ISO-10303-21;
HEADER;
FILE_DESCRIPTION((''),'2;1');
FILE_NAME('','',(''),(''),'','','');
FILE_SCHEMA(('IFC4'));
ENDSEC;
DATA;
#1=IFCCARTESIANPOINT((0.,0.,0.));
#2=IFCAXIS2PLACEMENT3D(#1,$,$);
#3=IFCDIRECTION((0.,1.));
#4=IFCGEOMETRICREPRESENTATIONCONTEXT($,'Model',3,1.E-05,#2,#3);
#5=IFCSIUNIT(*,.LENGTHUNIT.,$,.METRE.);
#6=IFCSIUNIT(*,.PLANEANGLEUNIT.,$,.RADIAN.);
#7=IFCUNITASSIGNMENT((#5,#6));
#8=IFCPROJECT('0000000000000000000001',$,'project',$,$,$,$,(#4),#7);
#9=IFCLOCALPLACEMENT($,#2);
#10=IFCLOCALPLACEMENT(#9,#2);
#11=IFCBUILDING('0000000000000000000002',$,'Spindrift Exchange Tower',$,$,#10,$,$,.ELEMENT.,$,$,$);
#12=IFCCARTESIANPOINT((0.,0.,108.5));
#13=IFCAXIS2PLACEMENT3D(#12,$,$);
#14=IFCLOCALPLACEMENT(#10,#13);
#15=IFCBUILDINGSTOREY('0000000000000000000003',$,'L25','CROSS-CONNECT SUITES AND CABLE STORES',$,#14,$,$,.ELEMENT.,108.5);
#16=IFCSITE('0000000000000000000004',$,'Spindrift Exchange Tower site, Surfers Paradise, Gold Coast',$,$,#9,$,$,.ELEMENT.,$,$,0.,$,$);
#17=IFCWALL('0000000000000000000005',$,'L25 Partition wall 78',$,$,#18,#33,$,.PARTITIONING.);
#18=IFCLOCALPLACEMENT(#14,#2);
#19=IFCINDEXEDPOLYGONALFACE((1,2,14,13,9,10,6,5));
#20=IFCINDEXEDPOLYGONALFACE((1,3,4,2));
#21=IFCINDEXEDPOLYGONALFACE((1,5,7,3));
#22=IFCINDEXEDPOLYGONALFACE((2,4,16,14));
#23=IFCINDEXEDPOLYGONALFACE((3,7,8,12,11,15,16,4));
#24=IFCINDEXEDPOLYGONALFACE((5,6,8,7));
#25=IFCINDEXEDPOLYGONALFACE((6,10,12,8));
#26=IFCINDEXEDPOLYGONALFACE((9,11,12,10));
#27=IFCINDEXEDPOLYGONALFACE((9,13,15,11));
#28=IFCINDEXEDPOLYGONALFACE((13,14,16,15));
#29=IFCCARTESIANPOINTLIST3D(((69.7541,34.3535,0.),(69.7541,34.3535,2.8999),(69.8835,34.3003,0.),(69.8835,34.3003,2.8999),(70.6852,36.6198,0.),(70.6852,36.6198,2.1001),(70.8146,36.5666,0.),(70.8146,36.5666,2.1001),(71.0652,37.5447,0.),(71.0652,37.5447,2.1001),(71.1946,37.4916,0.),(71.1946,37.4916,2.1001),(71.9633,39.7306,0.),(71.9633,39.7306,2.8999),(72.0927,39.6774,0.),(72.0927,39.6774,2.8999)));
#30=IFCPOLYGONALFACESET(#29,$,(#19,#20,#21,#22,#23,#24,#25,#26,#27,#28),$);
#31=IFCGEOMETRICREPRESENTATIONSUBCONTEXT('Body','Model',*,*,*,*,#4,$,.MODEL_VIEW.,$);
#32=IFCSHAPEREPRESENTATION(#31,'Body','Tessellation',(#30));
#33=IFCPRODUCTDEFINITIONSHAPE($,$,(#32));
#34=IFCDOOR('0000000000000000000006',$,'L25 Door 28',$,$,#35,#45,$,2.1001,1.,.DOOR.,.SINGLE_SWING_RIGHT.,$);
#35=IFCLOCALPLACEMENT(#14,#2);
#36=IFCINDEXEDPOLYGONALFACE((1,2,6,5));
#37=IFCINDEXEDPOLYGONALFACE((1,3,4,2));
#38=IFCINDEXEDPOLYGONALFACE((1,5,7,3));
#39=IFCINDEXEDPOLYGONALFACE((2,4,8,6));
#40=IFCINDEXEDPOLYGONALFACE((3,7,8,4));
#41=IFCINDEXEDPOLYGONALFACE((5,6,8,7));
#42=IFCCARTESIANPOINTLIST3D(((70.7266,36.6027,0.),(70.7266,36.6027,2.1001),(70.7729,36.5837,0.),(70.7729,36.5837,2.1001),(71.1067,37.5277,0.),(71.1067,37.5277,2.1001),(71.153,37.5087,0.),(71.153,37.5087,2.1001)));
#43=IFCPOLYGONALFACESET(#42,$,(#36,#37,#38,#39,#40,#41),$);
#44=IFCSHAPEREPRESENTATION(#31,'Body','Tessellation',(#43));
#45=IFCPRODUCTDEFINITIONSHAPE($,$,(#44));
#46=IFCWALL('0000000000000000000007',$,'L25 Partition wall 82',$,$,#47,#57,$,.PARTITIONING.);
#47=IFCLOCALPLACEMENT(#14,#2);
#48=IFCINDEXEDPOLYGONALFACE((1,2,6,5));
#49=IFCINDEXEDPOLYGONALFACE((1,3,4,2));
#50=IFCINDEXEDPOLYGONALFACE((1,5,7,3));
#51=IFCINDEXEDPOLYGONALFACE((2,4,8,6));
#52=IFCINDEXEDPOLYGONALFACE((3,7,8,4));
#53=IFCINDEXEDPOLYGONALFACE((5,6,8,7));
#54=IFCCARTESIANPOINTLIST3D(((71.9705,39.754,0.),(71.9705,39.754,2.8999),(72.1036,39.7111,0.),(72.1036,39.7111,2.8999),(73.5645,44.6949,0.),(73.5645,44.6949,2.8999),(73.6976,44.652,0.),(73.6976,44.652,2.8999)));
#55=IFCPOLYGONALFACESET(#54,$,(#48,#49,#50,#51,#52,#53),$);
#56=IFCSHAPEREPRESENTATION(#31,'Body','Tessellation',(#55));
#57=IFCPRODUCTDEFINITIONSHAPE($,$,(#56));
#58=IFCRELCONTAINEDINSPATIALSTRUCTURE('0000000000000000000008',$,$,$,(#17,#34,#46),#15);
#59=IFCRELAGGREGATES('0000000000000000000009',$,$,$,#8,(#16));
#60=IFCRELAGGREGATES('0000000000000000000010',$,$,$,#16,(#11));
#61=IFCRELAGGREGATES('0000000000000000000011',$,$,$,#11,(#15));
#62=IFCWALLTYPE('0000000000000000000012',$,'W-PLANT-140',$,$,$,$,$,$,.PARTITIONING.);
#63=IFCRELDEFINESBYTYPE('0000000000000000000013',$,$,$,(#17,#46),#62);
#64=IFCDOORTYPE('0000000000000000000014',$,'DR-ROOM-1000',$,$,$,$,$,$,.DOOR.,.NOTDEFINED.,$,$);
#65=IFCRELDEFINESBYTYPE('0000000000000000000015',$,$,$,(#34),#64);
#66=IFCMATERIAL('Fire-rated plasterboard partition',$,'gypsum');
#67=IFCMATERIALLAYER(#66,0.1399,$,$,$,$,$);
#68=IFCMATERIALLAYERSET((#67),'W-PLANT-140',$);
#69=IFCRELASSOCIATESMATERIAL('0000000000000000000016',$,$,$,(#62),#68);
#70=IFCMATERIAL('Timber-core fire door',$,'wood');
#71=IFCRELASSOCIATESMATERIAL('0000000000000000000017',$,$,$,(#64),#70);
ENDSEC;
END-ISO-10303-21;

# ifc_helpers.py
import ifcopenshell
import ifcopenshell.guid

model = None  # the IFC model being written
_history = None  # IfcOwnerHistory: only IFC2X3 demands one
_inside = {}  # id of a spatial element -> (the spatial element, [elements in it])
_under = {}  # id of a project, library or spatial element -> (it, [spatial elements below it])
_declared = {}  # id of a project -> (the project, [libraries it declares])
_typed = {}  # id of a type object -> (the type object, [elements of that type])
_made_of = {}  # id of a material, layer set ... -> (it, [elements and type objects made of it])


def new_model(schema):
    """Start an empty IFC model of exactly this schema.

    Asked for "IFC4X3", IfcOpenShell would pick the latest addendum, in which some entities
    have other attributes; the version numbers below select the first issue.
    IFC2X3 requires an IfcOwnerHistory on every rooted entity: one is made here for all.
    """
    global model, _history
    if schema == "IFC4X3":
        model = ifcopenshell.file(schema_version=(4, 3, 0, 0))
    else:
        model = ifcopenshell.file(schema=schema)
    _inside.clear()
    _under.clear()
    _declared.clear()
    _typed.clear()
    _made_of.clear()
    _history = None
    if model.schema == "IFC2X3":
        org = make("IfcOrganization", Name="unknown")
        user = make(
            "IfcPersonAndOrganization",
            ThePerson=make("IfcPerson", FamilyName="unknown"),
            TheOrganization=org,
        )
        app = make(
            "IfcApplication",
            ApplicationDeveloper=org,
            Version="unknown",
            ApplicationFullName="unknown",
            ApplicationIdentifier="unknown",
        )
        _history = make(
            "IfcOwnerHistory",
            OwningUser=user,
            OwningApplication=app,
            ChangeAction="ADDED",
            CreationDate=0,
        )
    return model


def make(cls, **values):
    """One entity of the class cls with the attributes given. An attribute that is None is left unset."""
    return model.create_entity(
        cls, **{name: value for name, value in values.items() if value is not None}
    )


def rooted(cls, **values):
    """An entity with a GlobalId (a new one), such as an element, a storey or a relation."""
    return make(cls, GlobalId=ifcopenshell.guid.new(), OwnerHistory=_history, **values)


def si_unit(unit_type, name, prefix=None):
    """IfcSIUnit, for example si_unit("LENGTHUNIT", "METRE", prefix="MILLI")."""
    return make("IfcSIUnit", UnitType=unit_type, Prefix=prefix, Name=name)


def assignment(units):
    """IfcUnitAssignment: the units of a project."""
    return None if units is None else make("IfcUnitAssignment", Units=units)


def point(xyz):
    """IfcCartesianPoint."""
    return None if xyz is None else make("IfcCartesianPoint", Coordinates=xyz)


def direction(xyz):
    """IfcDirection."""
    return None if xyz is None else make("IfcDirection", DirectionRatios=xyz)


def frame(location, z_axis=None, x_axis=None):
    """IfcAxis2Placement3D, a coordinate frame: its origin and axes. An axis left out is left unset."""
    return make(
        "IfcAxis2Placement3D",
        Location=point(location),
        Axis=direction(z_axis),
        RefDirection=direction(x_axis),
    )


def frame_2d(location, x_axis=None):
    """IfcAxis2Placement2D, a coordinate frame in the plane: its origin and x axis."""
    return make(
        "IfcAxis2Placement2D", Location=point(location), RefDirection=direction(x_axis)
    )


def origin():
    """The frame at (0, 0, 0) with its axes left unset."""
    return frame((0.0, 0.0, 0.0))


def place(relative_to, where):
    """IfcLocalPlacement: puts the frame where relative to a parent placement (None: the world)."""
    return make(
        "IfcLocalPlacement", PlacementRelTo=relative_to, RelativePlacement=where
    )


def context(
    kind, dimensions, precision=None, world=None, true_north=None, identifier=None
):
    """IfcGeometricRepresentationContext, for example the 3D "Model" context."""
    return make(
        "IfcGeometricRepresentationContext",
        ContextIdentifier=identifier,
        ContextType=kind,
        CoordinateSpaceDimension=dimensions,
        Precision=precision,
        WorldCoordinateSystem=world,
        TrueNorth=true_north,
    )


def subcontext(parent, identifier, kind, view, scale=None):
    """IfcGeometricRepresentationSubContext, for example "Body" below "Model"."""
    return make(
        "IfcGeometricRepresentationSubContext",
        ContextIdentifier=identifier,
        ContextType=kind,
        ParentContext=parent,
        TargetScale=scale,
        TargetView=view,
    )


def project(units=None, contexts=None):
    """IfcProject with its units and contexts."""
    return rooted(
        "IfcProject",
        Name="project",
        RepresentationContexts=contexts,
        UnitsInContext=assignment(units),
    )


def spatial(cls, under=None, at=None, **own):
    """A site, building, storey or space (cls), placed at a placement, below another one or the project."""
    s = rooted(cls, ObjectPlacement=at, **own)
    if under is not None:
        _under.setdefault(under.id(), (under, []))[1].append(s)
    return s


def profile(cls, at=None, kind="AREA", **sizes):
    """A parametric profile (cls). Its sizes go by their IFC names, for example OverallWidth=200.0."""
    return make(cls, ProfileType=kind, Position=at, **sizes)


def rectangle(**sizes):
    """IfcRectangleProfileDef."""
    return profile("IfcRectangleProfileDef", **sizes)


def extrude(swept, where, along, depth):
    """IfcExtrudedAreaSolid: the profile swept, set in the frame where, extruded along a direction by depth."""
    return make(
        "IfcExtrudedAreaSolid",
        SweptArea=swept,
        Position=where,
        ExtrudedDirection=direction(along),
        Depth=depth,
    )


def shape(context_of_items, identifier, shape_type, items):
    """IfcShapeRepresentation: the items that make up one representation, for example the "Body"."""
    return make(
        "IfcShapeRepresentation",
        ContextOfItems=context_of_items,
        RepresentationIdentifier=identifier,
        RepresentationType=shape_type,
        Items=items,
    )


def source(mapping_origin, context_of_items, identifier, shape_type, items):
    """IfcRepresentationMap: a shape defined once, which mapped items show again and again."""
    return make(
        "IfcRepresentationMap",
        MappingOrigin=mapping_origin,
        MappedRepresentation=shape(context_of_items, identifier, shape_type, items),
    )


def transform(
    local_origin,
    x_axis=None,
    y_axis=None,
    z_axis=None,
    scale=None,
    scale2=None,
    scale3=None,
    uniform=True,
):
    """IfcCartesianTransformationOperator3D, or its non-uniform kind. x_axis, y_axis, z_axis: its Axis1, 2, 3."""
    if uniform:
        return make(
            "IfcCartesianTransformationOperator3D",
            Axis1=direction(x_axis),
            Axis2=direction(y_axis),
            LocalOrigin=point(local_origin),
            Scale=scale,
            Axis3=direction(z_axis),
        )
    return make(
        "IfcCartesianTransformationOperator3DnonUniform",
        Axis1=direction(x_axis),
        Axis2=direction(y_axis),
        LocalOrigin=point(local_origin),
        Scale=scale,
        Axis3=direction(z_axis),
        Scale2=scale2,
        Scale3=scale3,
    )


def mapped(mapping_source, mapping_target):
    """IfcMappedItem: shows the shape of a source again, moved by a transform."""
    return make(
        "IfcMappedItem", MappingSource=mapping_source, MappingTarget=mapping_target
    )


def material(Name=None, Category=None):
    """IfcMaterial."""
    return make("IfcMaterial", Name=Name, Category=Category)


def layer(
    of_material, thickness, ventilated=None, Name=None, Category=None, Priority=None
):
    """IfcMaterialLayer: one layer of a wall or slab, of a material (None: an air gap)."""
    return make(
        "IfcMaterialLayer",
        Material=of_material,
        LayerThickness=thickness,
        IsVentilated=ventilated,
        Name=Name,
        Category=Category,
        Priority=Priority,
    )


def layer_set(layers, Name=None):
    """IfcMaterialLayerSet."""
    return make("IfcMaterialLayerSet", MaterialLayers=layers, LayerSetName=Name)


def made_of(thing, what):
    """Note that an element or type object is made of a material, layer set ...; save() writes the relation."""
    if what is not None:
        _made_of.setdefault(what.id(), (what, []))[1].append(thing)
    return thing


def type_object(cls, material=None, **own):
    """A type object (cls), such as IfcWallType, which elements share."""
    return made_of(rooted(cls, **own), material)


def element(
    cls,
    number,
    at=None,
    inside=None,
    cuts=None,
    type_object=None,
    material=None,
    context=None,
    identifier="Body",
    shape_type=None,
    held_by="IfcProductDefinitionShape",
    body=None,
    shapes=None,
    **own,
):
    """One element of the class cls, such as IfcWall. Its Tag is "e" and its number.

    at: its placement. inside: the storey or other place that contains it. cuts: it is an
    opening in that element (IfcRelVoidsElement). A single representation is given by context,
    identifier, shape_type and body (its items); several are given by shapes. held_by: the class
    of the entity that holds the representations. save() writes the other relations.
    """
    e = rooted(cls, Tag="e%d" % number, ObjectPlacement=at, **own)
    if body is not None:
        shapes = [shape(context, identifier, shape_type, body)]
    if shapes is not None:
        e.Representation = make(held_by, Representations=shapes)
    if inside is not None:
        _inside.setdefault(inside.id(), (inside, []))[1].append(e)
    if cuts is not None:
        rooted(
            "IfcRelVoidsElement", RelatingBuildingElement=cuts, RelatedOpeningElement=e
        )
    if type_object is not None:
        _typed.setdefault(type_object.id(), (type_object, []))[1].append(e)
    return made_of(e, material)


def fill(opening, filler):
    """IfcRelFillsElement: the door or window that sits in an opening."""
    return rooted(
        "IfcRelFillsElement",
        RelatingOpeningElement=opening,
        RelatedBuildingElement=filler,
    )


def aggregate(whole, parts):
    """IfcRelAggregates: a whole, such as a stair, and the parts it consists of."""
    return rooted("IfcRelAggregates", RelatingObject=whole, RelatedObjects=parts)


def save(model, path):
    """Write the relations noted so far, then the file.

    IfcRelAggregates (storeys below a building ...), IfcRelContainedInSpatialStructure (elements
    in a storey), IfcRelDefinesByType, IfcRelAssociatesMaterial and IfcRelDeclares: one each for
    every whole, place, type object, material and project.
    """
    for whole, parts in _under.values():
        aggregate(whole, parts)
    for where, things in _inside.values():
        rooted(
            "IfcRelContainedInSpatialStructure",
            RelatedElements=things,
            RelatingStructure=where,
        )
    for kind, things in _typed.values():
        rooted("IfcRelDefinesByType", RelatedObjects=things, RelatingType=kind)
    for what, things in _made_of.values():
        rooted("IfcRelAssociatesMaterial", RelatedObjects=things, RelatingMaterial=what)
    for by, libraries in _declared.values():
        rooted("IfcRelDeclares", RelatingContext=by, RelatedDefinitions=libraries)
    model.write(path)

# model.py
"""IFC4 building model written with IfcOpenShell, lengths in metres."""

from ifc_helpers import new_model, si_unit, direction, frame, frame_2d, origin, place, context, subcontext, project, spatial, rectangle, extrude, source, transform, mapped, material, layer, layer_set, type_object, element, fill, save


model = new_model("IFC4")

# Units and contexts
model_context = context("Model", 3, precision=1e-05, world=origin(), true_north=direction((0.0, 1.0)))
body_context = subcontext(model_context, "Body", "Model", "MODEL_VIEW")
ifc_project = project(units=[si_unit("LENGTHUNIT", "METRE"), si_unit("PLANEANGLEUNIT", "RADIAN")], contexts=[model_context])

# Site, building, storey
site_placement = place(None, origin())
site = spatial("IfcSite", under=ifc_project, at=site_placement, Name="Spindrift Exchange Tower site, Surfers Paradise, Gold Coast", CompositionType="ELEMENT", RefElevation=0.0)
building_placement = place(site_placement, origin())
building = spatial("IfcBuilding", under=site, at=building_placement, Name="Spindrift Exchange Tower", CompositionType="ELEMENT")
storey_placement = place(building_placement, frame((0.0, 0.0, 108.5)))
storey = spatial("IfcBuildingStorey", under=building, at=storey_placement, Name="L25", Description="CROSS-CONNECT SUITES AND CABLE STORES", CompositionType="ELEMENT", Elevation=108.5)

# Shared definitions
ifc_material_1 = material(Name="Fire-rated plasterboard partition", Category="gypsum")
ifc_layer_1 = layer(ifc_material_1, 0.1399)
ifc_layer_set_1 = layer_set([ifc_layer_1], Name="W-PLANT-140")
wall_type_1 = type_object("IfcWallType", Name="W-PLANT-140", PredefinedType="PARTITIONING", material=ifc_layer_set_1)

# Wall, opening, door
wall_1_placement = place(storey_placement, frame((72.0281, 39.7041, 0.0), z_axis=(0.0, 0.0, 1.0), x_axis=(-0.380042, -0.924969, 0.0)))
wall_1 = element("IfcWall", 1, at=wall_1_placement, inside=storey, type_object=wall_type_1, Name="L25 Partition wall 78", PredefinedType="PARTITIONING", context=body_context, shape_type="SweptSolid", body=[
    extrude(rectangle(XDim=5.8132, YDim=0.1399, at=frame_2d((2.9067, 0.0))), origin(), (0.0, 0.0, 1.0), 2.8999),
])
opening_placement = place(wall_1_placement, frame((2.3633, 0.0, 0.0)))
opening = element("IfcOpeningElement", 2, at=opening_placement, cuts=wall_1, PredefinedType="OPENING", context=body_context, shape_type="SweptSolid", body=[
    extrude(rectangle(XDim=1.0, YDim=2.1001, at=frame_2d((0.5, 1.05))), frame((0.0, 0.0798, 0.0), z_axis=(0.0, -1.0, 0.0), x_axis=(1.0, 0.0, 0.0)), (0.0, 0.0, 1.0), 0.1599),
])
ifc_material_2 = material(Name="Timber-core fire door", Category="wood")
door_type = type_object("IfcDoorType", Name="DR-ROOM-1000", OperationType="NOTDEFINED", PredefinedType="DOOR", material=ifc_material_2)
shared_shape_1 = source(origin(), body_context, "Body", "SweptSolid", [
    extrude(rectangle(XDim=1.0, YDim=2.1001, at=frame_2d((0.5, 1.05))), frame((0.0, 0.0249, 0.0), z_axis=(0.0, -1.0, 0.0), x_axis=(1.0, 0.0, 0.0)), (0.0, 0.0, 1.0), 0.05),
])
door_placement = place(opening_placement, origin())
door = element("IfcDoor", 3, at=door_placement, inside=storey, type_object=door_type, Name="L25 Door 28", OperationType="SINGLE_SWING_RIGHT", OverallHeight=2.1001, OverallWidth=1.0, PredefinedType="DOOR", context=body_context, shape_type="MappedRepresentation", body=[
    mapped(shared_shape_1, transform((0.0, 0.0, 0.0), scale=1.0)),
])
fill(opening, door)

# Wall
wall_2_placement = place(storey_placement, frame((72.0371, 39.7327, 0.0), z_axis=(0.0, 0.0, 1.0), x_axis=(0.307029, 0.9517, 0.0)))
element("IfcWall", 4, at=wall_2_placement, inside=storey, type_object=wall_type_1, Name="L25 Partition wall 82", PredefinedType="PARTITIONING", context=body_context, shape_type="SweptSolid", body=[
    extrude(rectangle(XDim=5.1917, YDim=0.1399, at=frame_2d((2.5957, 0.0))), origin(), (0.0, 0.0, 1.0), 2.8999),
])

save(model, "model.ifc")
